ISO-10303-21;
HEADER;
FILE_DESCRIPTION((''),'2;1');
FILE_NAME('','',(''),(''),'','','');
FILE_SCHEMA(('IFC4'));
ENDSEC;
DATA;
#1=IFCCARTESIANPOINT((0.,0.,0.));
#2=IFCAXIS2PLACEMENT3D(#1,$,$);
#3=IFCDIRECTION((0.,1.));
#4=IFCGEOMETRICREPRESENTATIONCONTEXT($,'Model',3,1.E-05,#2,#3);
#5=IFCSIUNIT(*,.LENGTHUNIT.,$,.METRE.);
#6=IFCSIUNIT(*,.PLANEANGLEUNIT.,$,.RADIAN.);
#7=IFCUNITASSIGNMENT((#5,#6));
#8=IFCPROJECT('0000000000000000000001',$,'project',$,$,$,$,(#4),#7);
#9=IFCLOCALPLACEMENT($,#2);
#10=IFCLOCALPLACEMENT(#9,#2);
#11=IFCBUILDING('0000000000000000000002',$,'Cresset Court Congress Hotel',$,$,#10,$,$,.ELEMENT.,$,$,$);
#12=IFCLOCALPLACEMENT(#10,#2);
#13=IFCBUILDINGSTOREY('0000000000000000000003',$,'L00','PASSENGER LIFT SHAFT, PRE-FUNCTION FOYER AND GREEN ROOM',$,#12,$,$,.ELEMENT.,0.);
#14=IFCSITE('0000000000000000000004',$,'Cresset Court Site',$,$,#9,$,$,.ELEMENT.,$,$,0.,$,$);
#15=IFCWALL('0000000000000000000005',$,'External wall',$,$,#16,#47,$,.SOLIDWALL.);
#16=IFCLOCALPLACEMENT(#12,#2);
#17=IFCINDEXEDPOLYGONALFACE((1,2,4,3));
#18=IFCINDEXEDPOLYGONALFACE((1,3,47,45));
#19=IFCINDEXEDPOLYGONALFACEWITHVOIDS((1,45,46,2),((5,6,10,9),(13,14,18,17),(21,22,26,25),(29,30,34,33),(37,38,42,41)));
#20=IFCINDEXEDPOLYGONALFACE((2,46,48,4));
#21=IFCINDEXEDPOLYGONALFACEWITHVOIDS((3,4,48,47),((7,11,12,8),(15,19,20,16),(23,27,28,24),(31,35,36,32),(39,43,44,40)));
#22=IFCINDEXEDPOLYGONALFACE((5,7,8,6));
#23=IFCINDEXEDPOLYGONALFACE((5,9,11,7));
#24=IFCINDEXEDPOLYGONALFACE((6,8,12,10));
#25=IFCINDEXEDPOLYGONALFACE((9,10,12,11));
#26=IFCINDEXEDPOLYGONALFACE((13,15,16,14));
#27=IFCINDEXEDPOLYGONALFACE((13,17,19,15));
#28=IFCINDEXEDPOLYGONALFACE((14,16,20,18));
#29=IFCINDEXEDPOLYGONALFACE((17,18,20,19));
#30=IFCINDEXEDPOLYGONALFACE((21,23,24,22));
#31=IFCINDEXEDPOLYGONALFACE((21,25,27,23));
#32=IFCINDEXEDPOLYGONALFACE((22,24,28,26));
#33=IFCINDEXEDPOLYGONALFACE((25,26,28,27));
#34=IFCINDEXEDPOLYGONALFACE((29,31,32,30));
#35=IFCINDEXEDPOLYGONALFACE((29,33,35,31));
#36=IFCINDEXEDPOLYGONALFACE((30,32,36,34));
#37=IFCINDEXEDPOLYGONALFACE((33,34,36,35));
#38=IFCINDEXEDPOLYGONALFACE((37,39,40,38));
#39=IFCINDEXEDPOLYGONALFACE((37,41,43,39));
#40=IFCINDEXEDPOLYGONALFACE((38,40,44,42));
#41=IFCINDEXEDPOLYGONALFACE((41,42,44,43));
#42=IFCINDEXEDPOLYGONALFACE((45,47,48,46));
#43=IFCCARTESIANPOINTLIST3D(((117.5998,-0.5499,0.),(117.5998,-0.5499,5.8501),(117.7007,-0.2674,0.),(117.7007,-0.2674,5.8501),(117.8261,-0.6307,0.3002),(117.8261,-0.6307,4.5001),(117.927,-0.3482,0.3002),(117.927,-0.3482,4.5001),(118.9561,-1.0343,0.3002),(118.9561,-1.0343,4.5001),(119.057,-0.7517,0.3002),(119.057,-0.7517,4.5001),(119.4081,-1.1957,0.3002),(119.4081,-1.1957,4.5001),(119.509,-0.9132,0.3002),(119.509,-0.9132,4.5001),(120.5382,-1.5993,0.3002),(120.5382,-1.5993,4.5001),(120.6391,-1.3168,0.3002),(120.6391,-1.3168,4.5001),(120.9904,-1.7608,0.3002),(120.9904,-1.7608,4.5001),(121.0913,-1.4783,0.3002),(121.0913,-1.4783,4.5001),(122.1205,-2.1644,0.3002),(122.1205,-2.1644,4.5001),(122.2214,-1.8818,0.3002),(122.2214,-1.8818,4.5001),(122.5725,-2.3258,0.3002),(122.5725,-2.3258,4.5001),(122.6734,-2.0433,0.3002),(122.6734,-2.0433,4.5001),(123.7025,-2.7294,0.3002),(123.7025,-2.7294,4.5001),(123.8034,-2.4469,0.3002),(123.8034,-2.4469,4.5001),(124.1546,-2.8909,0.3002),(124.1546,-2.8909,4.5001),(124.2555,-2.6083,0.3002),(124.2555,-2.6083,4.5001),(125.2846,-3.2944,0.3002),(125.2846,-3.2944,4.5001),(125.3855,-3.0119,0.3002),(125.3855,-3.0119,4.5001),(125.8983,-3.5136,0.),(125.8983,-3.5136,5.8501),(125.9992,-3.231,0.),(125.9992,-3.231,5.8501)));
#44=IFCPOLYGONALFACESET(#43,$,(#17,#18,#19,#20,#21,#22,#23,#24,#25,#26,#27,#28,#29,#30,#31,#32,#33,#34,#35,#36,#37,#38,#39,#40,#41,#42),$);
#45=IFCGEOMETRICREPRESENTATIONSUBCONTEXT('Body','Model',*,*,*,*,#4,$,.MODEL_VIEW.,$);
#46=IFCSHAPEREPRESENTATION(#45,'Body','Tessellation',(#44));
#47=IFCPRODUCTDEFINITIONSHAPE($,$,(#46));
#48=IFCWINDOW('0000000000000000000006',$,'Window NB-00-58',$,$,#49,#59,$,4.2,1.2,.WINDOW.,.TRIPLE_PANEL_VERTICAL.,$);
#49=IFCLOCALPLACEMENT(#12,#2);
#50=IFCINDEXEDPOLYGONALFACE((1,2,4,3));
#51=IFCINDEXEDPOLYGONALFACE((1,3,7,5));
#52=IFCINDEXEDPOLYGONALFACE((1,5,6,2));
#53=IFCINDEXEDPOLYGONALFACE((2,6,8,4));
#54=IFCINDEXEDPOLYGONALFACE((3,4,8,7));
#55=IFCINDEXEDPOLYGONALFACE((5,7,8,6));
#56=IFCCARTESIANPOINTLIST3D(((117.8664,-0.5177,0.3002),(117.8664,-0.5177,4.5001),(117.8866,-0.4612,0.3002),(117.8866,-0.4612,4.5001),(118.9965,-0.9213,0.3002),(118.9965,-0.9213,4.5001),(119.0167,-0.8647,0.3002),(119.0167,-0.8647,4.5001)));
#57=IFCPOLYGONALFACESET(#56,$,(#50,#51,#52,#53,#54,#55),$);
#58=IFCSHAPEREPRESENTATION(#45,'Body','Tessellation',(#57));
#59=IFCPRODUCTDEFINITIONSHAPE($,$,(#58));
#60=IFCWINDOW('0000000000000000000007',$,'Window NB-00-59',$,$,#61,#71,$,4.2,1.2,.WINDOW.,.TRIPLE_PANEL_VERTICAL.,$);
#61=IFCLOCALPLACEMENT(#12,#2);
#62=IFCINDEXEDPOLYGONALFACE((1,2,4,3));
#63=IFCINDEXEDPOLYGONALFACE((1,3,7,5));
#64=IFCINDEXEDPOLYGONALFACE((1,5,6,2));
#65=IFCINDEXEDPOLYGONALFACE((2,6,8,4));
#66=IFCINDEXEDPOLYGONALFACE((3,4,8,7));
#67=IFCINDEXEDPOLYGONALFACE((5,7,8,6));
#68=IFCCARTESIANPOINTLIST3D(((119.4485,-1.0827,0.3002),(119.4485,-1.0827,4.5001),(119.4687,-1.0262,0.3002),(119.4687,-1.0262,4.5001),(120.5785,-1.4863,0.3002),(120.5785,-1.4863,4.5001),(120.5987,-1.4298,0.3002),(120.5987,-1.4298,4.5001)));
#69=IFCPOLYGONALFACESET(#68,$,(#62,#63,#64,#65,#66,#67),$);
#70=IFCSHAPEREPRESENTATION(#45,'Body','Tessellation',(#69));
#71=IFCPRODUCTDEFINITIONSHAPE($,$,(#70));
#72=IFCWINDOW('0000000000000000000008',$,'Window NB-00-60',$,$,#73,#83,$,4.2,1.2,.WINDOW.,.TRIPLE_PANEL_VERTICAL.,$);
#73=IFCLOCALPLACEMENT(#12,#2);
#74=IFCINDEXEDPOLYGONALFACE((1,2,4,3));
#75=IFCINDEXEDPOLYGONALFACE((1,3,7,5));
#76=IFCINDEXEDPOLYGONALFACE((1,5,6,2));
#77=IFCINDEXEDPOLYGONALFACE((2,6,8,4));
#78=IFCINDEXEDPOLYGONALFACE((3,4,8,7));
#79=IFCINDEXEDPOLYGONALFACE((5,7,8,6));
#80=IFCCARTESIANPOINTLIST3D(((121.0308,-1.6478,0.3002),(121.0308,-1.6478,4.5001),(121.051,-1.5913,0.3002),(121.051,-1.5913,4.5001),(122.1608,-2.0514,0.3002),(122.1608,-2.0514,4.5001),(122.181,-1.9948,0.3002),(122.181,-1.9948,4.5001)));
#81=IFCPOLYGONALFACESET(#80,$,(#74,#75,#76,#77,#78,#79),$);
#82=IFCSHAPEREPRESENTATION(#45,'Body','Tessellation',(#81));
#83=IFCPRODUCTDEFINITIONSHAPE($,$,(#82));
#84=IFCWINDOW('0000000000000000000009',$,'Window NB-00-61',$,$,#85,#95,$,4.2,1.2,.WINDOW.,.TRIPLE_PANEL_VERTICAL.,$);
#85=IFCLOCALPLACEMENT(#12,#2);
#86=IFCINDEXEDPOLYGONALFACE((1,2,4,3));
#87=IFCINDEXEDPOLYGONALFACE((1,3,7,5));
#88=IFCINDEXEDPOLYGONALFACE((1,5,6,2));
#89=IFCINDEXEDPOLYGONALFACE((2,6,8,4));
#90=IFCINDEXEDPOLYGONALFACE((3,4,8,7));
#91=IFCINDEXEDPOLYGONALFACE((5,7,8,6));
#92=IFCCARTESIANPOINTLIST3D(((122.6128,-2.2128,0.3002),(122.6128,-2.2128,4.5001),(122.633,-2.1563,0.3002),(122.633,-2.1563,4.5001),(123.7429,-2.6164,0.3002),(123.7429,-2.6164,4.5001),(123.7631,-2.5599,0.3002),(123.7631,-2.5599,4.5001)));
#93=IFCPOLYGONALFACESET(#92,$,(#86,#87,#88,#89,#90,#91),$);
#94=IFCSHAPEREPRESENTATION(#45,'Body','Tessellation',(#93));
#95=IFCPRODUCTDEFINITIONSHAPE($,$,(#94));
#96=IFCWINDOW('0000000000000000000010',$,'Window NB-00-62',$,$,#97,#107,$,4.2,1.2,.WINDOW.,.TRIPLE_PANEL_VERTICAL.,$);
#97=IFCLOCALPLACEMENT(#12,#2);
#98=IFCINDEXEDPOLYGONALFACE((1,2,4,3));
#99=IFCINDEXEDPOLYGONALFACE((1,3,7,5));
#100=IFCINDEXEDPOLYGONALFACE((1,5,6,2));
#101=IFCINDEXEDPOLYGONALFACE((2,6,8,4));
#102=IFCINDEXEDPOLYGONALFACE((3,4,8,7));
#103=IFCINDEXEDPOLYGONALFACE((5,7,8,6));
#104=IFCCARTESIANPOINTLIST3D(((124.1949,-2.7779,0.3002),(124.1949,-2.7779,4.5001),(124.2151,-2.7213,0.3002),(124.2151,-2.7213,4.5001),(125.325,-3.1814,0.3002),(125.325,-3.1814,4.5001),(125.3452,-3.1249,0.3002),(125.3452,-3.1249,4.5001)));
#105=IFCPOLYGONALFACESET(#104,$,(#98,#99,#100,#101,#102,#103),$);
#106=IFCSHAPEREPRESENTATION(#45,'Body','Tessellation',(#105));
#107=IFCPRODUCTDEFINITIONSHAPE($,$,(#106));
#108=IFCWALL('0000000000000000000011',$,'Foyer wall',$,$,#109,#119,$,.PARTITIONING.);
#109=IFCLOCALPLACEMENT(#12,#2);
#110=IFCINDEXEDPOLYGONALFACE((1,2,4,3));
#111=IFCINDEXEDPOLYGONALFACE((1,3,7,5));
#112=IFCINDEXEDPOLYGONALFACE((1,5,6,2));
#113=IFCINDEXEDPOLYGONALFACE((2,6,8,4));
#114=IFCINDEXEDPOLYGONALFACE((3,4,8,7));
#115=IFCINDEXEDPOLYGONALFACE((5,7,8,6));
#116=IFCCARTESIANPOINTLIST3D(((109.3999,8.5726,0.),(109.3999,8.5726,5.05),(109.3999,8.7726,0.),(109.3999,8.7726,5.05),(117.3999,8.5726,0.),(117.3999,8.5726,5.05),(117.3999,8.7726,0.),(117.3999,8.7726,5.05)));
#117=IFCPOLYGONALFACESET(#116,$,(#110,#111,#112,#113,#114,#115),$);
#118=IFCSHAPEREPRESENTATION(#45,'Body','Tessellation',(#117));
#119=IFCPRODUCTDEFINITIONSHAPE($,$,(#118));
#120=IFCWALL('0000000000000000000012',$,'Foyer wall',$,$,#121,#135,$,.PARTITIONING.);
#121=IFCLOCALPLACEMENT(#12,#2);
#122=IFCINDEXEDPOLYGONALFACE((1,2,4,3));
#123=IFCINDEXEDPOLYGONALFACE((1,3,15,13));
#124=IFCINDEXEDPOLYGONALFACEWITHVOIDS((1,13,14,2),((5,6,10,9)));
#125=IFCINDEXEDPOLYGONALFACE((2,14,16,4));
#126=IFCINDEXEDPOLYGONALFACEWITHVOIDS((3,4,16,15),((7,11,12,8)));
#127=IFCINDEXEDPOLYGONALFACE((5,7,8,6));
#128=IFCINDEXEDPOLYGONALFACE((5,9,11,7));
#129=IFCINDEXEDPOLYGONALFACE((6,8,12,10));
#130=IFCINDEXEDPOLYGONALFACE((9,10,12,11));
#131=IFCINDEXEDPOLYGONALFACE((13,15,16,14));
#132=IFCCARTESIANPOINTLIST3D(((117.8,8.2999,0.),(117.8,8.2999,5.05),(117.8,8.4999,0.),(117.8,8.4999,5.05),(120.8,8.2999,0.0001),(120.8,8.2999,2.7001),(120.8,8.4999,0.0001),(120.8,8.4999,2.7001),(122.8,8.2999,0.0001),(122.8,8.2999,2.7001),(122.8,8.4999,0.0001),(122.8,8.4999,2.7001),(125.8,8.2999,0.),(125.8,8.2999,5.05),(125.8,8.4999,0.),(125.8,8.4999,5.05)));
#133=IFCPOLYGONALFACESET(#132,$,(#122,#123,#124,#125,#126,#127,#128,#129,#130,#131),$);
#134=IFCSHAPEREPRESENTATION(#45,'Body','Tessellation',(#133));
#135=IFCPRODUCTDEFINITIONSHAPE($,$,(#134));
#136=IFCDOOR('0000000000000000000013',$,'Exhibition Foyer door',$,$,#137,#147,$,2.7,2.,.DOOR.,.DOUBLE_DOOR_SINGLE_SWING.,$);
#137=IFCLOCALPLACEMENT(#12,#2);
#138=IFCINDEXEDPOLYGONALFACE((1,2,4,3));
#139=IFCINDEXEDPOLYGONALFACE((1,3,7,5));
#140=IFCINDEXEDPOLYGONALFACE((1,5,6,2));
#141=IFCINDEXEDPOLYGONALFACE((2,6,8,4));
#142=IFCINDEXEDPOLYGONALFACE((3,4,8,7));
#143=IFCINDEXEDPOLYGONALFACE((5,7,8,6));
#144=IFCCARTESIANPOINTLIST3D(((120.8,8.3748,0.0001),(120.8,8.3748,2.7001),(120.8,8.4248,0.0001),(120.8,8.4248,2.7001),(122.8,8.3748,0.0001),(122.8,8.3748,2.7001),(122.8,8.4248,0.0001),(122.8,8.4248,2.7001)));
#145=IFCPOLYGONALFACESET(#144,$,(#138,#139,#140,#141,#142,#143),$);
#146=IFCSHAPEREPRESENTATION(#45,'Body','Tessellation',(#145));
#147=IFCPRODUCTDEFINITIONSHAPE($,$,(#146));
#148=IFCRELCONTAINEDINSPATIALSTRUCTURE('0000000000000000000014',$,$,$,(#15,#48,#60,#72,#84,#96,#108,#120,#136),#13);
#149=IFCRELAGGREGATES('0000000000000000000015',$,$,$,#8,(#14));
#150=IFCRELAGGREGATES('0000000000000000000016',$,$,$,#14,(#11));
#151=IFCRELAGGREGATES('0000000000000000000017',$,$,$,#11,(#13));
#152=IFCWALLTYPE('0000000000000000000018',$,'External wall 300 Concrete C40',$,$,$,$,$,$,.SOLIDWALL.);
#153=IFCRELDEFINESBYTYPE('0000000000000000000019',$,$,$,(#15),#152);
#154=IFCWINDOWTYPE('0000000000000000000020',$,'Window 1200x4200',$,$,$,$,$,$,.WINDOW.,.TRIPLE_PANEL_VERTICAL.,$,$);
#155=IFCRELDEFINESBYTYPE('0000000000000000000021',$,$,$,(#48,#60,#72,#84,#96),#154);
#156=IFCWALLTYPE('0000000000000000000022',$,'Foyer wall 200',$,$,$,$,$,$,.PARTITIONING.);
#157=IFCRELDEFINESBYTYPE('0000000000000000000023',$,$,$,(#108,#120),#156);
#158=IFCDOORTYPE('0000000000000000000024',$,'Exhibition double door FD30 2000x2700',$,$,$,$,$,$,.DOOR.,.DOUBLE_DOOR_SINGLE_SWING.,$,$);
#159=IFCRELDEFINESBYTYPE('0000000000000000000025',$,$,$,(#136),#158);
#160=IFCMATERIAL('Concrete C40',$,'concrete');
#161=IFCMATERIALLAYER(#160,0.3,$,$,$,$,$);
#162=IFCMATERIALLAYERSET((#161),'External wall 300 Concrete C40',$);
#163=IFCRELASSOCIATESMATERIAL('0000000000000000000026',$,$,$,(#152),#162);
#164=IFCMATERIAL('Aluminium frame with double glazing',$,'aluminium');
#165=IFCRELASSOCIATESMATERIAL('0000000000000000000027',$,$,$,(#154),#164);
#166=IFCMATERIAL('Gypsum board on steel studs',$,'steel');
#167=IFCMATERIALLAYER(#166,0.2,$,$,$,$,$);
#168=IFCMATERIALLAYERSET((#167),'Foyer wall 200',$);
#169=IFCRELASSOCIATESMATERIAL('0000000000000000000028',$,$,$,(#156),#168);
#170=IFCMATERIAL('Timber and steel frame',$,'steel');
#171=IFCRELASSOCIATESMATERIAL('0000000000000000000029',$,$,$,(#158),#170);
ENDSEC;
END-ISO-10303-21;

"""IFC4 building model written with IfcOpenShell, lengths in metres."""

from ifc_helpers import new_model, si_unit, direction, frame, frame_2d, origin, place, context, subcontext, project, spatial, rectangle, extrude, material, layer, layer_set, type_object, element, fill, save


model = new_model("IFC4")

# Units and contexts
model_context = context("Model", 3, precision=1e-05, world=origin(), true_north=direction((0.0, 1.0)))
body_context = subcontext(model_context, "Body", "Model", "MODEL_VIEW")
ifc_project = project(units=[si_unit("LENGTHUNIT", "METRE"), si_unit("PLANEANGLEUNIT", "RADIAN")], contexts=[model_context])

# Site, building, storey
site_placement = place(None, origin())
site = spatial("IfcSite", under=ifc_project, at=site_placement, Name="Cresset Court Site", CompositionType="ELEMENT", RefElevation=0.0)
building_placement = place(site_placement, origin())
building = spatial("IfcBuilding", under=site, at=building_placement, Name="Cresset Court Congress Hotel", CompositionType="ELEMENT")
storey_placement = place(building_placement, origin())
storey = spatial("IfcBuildingStorey", under=building, at=storey_placement, Name="L00", Description="PASSENGER LIFT SHAFT, PRE-FUNCTION FOYER AND GREEN ROOM", CompositionType="ELEMENT", Elevation=0.0)

# Wall, openings, windows
ifc_material_1 = material(Name="Concrete C40", Category="concrete")
ifc_layer_1 = layer(ifc_material_1, 0.3)
ifc_layer_set_1 = layer_set([ifc_layer_1], Name="External wall 300 Concrete C40")
wall_type_1 = type_object("IfcWallType", Name="External wall 300 Concrete C40", PredefinedType="SOLIDWALL", material=ifc_layer_set_1)
wall_1_placement = place(storey_placement, frame((117.6504, -0.4087, 0.0), z_axis=(0.0, 0.0, 1.0), x_axis=(0.941744, -0.336329, 0.0)))
wall_1 = element("IfcWall", 1, at=wall_1_placement, inside=storey, type_object=wall_type_1, Name="External wall", PredefinedType="SOLIDWALL", context=body_context, shape_type="SweptSolid", body=[
    extrude(rectangle(XDim=8.8118, YDim=0.3, at=frame_2d((4.4058, 0.0))), origin(), (0.0, 0.0, 1.0), 5.8501),
])
opening_1_placement = place(wall_1_placement, frame((0.24, 0.0, 0.3)))
opening_1 = element("IfcOpeningElement", 2, at=opening_1_placement, cuts=wall_1, PredefinedType="OPENING", context=body_context, shape_type="SweptSolid", body=[
    extrude(rectangle(XDim=1.2, YDim=4.2, at=frame_2d((0.6001, 2.1001))), frame((0.0, 0.1599, 0.0), z_axis=(0.0, -1.0, 0.0), x_axis=(1.0, 0.0, 0.0)), (0.0, 0.0, 1.0), 0.3201),
])
opening_2_placement = place(wall_1_placement, frame((1.9199, 0.0, 0.3)))
opening_2 = element("IfcOpeningElement", 3, at=opening_2_placement, cuts=wall_1, PredefinedType="OPENING", context=body_context, shape_type="SweptSolid", body=[
    extrude(rectangle(XDim=1.2, YDim=4.2, at=frame_2d((0.6001, 2.1001))), frame((0.0, 0.1599, 0.0), z_axis=(0.0, -1.0, 0.0), x_axis=(1.0, 0.0, 0.0)), (0.0, 0.0, 1.0), 0.3201),
])
opening_3_placement = place(wall_1_placement, frame((3.6001, 0.0, 0.3)))
opening_3 = element("IfcOpeningElement", 4, at=opening_3_placement, cuts=wall_1, PredefinedType="OPENING", context=body_context, shape_type="SweptSolid", body=[
    extrude(rectangle(XDim=1.2, YDim=4.2, at=frame_2d((0.6001, 2.1001))), frame((0.0, 0.1599, 0.0), z_axis=(0.0, -1.0, 0.0), x_axis=(1.0, 0.0, 0.0)), (0.0, 0.0, 1.0), 0.3201),
])
opening_4_placement = place(wall_1_placement, frame((5.28, 0.0, 0.3)))
opening_4 = element("IfcOpeningElement", 5, at=opening_4_placement, cuts=wall_1, PredefinedType="OPENING", context=body_context, shape_type="SweptSolid", body=[
    extrude(rectangle(XDim=1.2, YDim=4.2, at=frame_2d((0.6001, 2.1001))), frame((0.0, 0.1599, 0.0), z_axis=(0.0, -1.0, 0.0), x_axis=(1.0, 0.0, 0.0)), (0.0, 0.0, 1.0), 0.3201),
])
opening_5_placement = place(wall_1_placement, frame((6.96, 0.0, 0.3)))
opening_5 = element("IfcOpeningElement", 6, at=opening_5_placement, cuts=wall_1, PredefinedType="OPENING", context=body_context, shape_type="SweptSolid", body=[
    extrude(rectangle(XDim=1.2, YDim=4.2, at=frame_2d((0.6001, 2.1001))), frame((0.0, 0.1599, 0.0), z_axis=(0.0, -1.0, 0.0), x_axis=(1.0, 0.0, 0.0)), (0.0, 0.0, 1.0), 0.3201),
])
ifc_material_2 = material(Name="Aluminium frame with double glazing", Category="aluminium")
window_type = type_object("IfcWindowType", Name="Window 1200x4200", PartitioningType="TRIPLE_PANEL_VERTICAL", PredefinedType="WINDOW", material=ifc_material_2)
window_1_placement = place(opening_1_placement, origin())
window_1 = element("IfcWindow", 7, at=window_1_placement, inside=storey, type_object=window_type, Name="Window NB-00-58", OverallHeight=4.2, OverallWidth=1.2, PartitioningType="TRIPLE_PANEL_VERTICAL", PredefinedType="WINDOW", context=body_context, shape_type="SweptSolid", body=[
    extrude(rectangle(XDim=1.2, YDim=4.2, at=frame_2d((0.6001, 2.1001))), frame((0.0, 0.03, 0.0), z_axis=(0.0, -1.0, 0.0), x_axis=(1.0, 0.0, 0.0)), (0.0, 0.0, 1.0), 0.0601),
])
fill(opening_1, window_1)
window_2_placement = place(opening_2_placement, origin())
window_2 = element("IfcWindow", 8, at=window_2_placement, inside=storey, type_object=window_type, Name="Window NB-00-59", OverallHeight=4.2, OverallWidth=1.2, PartitioningType="TRIPLE_PANEL_VERTICAL", PredefinedType="WINDOW", context=body_context, shape_type="SweptSolid", body=[
    extrude(rectangle(XDim=1.2, YDim=4.2, at=frame_2d((0.6001, 2.1001))), frame((0.0, 0.03, 0.0), z_axis=(0.0, -1.0, 0.0), x_axis=(1.0, 0.0, 0.0)), (0.0, 0.0, 1.0), 0.0601),
])
fill(opening_2, window_2)
window_3_placement = place(opening_3_placement, origin())
window_3 = element("IfcWindow", 9, at=window_3_placement, inside=storey, type_object=window_type, Name="Window NB-00-60", OverallHeight=4.2, OverallWidth=1.2, PartitioningType="TRIPLE_PANEL_VERTICAL", PredefinedType="WINDOW", context=body_context, shape_type="SweptSolid", body=[
    extrude(rectangle(XDim=1.2, YDim=4.2, at=frame_2d((0.6001, 2.1001))), frame((0.0, 0.03, 0.0), z_axis=(0.0, -1.0, 0.0), x_axis=(1.0, 0.0, 0.0)), (0.0, 0.0, 1.0), 0.0601),
])
fill(opening_3, window_3)
window_4_placement = place(opening_4_placement, origin())
window_4 = element("IfcWindow", 10, at=window_4_placement, inside=storey, type_object=window_type, Name="Window NB-00-61", OverallHeight=4.2, OverallWidth=1.2, PartitioningType="TRIPLE_PANEL_VERTICAL", PredefinedType="WINDOW", context=body_context, shape_type="SweptSolid", body=[
    extrude(rectangle(XDim=1.2, YDim=4.2, at=frame_2d((0.6001, 2.1001))), frame((0.0, 0.03, 0.0), z_axis=(0.0, -1.0, 0.0), x_axis=(1.0, 0.0, 0.0)), (0.0, 0.0, 1.0), 0.0601),
])
fill(opening_4, window_4)
window_5_placement = place(opening_5_placement, origin())
window_5 = element("IfcWindow", 11, at=window_5_placement, inside=storey, type_object=window_type, Name="Window NB-00-62", OverallHeight=4.2, OverallWidth=1.2, PartitioningType="TRIPLE_PANEL_VERTICAL", PredefinedType="WINDOW", context=body_context, shape_type="SweptSolid", body=[
    extrude(rectangle(XDim=1.2, YDim=4.2, at=frame_2d((0.6001, 2.1001))), frame((0.0, 0.03, 0.0), z_axis=(0.0, -1.0, 0.0), x_axis=(1.0, 0.0, 0.0)), (0.0, 0.0, 1.0), 0.0601),
])
fill(opening_5, window_5)

# Wall
ifc_material_3 = material(Name="Gypsum board on steel studs", Category="steel")
ifc_layer_2 = layer(ifc_material_3, 0.2)
ifc_layer_set_2 = layer_set([ifc_layer_2], Name="Foyer wall 200")
wall_type_2 = type_object("IfcWallType", Name="Foyer wall 200", PredefinedType="PARTITIONING", material=ifc_layer_set_2)
wall_2_placement = place(storey_placement, frame((109.3999, 8.6726, 0.0), z_axis=(0.0, 0.0, 1.0), x_axis=(1.0, 0.0, 0.0)))
element("IfcWall", 12, at=wall_2_placement, inside=storey, type_object=wall_type_2, Name="Foyer wall", PredefinedType="PARTITIONING", context=body_context, shape_type="SweptSolid", body=[
    extrude(rectangle(XDim=8.0, YDim=0.2, at=frame_2d((4.0, 0.0))), origin(), (0.0, 0.0, 1.0), 5.05),
])

# Wall, opening, door
wall_3_placement = place(storey_placement, frame((117.8, 8.3999, 0.0), z_axis=(0.0, 0.0, 1.0), x_axis=(1.0, 0.0, 0.0)))
wall_3 = element("IfcWall", 13, at=wall_3_placement, inside=storey, type_object=wall_type_2, Name="Foyer wall", PredefinedType="PARTITIONING", context=body_context, shape_type="SweptSolid", body=[
    extrude(rectangle(XDim=8.0, YDim=0.2, at=frame_2d((4.0, 0.0))), origin(), (0.0, 0.0, 1.0), 5.05),
])
opening_6_placement = place(wall_3_placement, frame((3.0, 0.0, 0.0)))
opening_6 = element("IfcOpeningElement", 14, at=opening_6_placement, cuts=wall_3, PredefinedType="OPENING", context=body_context, shape_type="SweptSolid", body=[
    extrude(rectangle(XDim=2.0, YDim=2.7, at=frame_2d((1.0, 1.3501))), frame((0.0, 0.1099, 0.0), z_axis=(0.0, -1.0, 0.0), x_axis=(1.0, 0.0, 0.0)), (0.0, 0.0, 1.0), 0.22),
])
ifc_material_4 = material(Name="Timber and steel frame", Category="steel")
door_type_1 = type_object("IfcDoorType", Name="Exhibition double door FD30 2000x2700", OperationType="DOUBLE_DOOR_SINGLE_SWING", PredefinedType="DOOR", material=ifc_material_4)
door_1_placement = place(opening_6_placement, origin())
door_1 = element("IfcDoor", 15, at=door_1_placement, inside=storey, type_object=door_type_1, Name="Exhibition Foyer door", OperationType="DOUBLE_DOOR_SINGLE_SWING", OverallHeight=2.7, OverallWidth=2.0, PredefinedType="DOOR", context=body_context, shape_type="SweptSolid", body=[
    extrude(rectangle(XDim=2.0, YDim=2.7, at=frame_2d((1.0, 1.3501))), frame((0.0, 0.0249, 0.0), z_axis=(0.0, -1.0, 0.0), x_axis=(1.0, 0.0, 0.0)), (0.0, 0.0, 1.0), 0.05),
])
fill(opening_6, door_1)

save(model, "model.ifc")
